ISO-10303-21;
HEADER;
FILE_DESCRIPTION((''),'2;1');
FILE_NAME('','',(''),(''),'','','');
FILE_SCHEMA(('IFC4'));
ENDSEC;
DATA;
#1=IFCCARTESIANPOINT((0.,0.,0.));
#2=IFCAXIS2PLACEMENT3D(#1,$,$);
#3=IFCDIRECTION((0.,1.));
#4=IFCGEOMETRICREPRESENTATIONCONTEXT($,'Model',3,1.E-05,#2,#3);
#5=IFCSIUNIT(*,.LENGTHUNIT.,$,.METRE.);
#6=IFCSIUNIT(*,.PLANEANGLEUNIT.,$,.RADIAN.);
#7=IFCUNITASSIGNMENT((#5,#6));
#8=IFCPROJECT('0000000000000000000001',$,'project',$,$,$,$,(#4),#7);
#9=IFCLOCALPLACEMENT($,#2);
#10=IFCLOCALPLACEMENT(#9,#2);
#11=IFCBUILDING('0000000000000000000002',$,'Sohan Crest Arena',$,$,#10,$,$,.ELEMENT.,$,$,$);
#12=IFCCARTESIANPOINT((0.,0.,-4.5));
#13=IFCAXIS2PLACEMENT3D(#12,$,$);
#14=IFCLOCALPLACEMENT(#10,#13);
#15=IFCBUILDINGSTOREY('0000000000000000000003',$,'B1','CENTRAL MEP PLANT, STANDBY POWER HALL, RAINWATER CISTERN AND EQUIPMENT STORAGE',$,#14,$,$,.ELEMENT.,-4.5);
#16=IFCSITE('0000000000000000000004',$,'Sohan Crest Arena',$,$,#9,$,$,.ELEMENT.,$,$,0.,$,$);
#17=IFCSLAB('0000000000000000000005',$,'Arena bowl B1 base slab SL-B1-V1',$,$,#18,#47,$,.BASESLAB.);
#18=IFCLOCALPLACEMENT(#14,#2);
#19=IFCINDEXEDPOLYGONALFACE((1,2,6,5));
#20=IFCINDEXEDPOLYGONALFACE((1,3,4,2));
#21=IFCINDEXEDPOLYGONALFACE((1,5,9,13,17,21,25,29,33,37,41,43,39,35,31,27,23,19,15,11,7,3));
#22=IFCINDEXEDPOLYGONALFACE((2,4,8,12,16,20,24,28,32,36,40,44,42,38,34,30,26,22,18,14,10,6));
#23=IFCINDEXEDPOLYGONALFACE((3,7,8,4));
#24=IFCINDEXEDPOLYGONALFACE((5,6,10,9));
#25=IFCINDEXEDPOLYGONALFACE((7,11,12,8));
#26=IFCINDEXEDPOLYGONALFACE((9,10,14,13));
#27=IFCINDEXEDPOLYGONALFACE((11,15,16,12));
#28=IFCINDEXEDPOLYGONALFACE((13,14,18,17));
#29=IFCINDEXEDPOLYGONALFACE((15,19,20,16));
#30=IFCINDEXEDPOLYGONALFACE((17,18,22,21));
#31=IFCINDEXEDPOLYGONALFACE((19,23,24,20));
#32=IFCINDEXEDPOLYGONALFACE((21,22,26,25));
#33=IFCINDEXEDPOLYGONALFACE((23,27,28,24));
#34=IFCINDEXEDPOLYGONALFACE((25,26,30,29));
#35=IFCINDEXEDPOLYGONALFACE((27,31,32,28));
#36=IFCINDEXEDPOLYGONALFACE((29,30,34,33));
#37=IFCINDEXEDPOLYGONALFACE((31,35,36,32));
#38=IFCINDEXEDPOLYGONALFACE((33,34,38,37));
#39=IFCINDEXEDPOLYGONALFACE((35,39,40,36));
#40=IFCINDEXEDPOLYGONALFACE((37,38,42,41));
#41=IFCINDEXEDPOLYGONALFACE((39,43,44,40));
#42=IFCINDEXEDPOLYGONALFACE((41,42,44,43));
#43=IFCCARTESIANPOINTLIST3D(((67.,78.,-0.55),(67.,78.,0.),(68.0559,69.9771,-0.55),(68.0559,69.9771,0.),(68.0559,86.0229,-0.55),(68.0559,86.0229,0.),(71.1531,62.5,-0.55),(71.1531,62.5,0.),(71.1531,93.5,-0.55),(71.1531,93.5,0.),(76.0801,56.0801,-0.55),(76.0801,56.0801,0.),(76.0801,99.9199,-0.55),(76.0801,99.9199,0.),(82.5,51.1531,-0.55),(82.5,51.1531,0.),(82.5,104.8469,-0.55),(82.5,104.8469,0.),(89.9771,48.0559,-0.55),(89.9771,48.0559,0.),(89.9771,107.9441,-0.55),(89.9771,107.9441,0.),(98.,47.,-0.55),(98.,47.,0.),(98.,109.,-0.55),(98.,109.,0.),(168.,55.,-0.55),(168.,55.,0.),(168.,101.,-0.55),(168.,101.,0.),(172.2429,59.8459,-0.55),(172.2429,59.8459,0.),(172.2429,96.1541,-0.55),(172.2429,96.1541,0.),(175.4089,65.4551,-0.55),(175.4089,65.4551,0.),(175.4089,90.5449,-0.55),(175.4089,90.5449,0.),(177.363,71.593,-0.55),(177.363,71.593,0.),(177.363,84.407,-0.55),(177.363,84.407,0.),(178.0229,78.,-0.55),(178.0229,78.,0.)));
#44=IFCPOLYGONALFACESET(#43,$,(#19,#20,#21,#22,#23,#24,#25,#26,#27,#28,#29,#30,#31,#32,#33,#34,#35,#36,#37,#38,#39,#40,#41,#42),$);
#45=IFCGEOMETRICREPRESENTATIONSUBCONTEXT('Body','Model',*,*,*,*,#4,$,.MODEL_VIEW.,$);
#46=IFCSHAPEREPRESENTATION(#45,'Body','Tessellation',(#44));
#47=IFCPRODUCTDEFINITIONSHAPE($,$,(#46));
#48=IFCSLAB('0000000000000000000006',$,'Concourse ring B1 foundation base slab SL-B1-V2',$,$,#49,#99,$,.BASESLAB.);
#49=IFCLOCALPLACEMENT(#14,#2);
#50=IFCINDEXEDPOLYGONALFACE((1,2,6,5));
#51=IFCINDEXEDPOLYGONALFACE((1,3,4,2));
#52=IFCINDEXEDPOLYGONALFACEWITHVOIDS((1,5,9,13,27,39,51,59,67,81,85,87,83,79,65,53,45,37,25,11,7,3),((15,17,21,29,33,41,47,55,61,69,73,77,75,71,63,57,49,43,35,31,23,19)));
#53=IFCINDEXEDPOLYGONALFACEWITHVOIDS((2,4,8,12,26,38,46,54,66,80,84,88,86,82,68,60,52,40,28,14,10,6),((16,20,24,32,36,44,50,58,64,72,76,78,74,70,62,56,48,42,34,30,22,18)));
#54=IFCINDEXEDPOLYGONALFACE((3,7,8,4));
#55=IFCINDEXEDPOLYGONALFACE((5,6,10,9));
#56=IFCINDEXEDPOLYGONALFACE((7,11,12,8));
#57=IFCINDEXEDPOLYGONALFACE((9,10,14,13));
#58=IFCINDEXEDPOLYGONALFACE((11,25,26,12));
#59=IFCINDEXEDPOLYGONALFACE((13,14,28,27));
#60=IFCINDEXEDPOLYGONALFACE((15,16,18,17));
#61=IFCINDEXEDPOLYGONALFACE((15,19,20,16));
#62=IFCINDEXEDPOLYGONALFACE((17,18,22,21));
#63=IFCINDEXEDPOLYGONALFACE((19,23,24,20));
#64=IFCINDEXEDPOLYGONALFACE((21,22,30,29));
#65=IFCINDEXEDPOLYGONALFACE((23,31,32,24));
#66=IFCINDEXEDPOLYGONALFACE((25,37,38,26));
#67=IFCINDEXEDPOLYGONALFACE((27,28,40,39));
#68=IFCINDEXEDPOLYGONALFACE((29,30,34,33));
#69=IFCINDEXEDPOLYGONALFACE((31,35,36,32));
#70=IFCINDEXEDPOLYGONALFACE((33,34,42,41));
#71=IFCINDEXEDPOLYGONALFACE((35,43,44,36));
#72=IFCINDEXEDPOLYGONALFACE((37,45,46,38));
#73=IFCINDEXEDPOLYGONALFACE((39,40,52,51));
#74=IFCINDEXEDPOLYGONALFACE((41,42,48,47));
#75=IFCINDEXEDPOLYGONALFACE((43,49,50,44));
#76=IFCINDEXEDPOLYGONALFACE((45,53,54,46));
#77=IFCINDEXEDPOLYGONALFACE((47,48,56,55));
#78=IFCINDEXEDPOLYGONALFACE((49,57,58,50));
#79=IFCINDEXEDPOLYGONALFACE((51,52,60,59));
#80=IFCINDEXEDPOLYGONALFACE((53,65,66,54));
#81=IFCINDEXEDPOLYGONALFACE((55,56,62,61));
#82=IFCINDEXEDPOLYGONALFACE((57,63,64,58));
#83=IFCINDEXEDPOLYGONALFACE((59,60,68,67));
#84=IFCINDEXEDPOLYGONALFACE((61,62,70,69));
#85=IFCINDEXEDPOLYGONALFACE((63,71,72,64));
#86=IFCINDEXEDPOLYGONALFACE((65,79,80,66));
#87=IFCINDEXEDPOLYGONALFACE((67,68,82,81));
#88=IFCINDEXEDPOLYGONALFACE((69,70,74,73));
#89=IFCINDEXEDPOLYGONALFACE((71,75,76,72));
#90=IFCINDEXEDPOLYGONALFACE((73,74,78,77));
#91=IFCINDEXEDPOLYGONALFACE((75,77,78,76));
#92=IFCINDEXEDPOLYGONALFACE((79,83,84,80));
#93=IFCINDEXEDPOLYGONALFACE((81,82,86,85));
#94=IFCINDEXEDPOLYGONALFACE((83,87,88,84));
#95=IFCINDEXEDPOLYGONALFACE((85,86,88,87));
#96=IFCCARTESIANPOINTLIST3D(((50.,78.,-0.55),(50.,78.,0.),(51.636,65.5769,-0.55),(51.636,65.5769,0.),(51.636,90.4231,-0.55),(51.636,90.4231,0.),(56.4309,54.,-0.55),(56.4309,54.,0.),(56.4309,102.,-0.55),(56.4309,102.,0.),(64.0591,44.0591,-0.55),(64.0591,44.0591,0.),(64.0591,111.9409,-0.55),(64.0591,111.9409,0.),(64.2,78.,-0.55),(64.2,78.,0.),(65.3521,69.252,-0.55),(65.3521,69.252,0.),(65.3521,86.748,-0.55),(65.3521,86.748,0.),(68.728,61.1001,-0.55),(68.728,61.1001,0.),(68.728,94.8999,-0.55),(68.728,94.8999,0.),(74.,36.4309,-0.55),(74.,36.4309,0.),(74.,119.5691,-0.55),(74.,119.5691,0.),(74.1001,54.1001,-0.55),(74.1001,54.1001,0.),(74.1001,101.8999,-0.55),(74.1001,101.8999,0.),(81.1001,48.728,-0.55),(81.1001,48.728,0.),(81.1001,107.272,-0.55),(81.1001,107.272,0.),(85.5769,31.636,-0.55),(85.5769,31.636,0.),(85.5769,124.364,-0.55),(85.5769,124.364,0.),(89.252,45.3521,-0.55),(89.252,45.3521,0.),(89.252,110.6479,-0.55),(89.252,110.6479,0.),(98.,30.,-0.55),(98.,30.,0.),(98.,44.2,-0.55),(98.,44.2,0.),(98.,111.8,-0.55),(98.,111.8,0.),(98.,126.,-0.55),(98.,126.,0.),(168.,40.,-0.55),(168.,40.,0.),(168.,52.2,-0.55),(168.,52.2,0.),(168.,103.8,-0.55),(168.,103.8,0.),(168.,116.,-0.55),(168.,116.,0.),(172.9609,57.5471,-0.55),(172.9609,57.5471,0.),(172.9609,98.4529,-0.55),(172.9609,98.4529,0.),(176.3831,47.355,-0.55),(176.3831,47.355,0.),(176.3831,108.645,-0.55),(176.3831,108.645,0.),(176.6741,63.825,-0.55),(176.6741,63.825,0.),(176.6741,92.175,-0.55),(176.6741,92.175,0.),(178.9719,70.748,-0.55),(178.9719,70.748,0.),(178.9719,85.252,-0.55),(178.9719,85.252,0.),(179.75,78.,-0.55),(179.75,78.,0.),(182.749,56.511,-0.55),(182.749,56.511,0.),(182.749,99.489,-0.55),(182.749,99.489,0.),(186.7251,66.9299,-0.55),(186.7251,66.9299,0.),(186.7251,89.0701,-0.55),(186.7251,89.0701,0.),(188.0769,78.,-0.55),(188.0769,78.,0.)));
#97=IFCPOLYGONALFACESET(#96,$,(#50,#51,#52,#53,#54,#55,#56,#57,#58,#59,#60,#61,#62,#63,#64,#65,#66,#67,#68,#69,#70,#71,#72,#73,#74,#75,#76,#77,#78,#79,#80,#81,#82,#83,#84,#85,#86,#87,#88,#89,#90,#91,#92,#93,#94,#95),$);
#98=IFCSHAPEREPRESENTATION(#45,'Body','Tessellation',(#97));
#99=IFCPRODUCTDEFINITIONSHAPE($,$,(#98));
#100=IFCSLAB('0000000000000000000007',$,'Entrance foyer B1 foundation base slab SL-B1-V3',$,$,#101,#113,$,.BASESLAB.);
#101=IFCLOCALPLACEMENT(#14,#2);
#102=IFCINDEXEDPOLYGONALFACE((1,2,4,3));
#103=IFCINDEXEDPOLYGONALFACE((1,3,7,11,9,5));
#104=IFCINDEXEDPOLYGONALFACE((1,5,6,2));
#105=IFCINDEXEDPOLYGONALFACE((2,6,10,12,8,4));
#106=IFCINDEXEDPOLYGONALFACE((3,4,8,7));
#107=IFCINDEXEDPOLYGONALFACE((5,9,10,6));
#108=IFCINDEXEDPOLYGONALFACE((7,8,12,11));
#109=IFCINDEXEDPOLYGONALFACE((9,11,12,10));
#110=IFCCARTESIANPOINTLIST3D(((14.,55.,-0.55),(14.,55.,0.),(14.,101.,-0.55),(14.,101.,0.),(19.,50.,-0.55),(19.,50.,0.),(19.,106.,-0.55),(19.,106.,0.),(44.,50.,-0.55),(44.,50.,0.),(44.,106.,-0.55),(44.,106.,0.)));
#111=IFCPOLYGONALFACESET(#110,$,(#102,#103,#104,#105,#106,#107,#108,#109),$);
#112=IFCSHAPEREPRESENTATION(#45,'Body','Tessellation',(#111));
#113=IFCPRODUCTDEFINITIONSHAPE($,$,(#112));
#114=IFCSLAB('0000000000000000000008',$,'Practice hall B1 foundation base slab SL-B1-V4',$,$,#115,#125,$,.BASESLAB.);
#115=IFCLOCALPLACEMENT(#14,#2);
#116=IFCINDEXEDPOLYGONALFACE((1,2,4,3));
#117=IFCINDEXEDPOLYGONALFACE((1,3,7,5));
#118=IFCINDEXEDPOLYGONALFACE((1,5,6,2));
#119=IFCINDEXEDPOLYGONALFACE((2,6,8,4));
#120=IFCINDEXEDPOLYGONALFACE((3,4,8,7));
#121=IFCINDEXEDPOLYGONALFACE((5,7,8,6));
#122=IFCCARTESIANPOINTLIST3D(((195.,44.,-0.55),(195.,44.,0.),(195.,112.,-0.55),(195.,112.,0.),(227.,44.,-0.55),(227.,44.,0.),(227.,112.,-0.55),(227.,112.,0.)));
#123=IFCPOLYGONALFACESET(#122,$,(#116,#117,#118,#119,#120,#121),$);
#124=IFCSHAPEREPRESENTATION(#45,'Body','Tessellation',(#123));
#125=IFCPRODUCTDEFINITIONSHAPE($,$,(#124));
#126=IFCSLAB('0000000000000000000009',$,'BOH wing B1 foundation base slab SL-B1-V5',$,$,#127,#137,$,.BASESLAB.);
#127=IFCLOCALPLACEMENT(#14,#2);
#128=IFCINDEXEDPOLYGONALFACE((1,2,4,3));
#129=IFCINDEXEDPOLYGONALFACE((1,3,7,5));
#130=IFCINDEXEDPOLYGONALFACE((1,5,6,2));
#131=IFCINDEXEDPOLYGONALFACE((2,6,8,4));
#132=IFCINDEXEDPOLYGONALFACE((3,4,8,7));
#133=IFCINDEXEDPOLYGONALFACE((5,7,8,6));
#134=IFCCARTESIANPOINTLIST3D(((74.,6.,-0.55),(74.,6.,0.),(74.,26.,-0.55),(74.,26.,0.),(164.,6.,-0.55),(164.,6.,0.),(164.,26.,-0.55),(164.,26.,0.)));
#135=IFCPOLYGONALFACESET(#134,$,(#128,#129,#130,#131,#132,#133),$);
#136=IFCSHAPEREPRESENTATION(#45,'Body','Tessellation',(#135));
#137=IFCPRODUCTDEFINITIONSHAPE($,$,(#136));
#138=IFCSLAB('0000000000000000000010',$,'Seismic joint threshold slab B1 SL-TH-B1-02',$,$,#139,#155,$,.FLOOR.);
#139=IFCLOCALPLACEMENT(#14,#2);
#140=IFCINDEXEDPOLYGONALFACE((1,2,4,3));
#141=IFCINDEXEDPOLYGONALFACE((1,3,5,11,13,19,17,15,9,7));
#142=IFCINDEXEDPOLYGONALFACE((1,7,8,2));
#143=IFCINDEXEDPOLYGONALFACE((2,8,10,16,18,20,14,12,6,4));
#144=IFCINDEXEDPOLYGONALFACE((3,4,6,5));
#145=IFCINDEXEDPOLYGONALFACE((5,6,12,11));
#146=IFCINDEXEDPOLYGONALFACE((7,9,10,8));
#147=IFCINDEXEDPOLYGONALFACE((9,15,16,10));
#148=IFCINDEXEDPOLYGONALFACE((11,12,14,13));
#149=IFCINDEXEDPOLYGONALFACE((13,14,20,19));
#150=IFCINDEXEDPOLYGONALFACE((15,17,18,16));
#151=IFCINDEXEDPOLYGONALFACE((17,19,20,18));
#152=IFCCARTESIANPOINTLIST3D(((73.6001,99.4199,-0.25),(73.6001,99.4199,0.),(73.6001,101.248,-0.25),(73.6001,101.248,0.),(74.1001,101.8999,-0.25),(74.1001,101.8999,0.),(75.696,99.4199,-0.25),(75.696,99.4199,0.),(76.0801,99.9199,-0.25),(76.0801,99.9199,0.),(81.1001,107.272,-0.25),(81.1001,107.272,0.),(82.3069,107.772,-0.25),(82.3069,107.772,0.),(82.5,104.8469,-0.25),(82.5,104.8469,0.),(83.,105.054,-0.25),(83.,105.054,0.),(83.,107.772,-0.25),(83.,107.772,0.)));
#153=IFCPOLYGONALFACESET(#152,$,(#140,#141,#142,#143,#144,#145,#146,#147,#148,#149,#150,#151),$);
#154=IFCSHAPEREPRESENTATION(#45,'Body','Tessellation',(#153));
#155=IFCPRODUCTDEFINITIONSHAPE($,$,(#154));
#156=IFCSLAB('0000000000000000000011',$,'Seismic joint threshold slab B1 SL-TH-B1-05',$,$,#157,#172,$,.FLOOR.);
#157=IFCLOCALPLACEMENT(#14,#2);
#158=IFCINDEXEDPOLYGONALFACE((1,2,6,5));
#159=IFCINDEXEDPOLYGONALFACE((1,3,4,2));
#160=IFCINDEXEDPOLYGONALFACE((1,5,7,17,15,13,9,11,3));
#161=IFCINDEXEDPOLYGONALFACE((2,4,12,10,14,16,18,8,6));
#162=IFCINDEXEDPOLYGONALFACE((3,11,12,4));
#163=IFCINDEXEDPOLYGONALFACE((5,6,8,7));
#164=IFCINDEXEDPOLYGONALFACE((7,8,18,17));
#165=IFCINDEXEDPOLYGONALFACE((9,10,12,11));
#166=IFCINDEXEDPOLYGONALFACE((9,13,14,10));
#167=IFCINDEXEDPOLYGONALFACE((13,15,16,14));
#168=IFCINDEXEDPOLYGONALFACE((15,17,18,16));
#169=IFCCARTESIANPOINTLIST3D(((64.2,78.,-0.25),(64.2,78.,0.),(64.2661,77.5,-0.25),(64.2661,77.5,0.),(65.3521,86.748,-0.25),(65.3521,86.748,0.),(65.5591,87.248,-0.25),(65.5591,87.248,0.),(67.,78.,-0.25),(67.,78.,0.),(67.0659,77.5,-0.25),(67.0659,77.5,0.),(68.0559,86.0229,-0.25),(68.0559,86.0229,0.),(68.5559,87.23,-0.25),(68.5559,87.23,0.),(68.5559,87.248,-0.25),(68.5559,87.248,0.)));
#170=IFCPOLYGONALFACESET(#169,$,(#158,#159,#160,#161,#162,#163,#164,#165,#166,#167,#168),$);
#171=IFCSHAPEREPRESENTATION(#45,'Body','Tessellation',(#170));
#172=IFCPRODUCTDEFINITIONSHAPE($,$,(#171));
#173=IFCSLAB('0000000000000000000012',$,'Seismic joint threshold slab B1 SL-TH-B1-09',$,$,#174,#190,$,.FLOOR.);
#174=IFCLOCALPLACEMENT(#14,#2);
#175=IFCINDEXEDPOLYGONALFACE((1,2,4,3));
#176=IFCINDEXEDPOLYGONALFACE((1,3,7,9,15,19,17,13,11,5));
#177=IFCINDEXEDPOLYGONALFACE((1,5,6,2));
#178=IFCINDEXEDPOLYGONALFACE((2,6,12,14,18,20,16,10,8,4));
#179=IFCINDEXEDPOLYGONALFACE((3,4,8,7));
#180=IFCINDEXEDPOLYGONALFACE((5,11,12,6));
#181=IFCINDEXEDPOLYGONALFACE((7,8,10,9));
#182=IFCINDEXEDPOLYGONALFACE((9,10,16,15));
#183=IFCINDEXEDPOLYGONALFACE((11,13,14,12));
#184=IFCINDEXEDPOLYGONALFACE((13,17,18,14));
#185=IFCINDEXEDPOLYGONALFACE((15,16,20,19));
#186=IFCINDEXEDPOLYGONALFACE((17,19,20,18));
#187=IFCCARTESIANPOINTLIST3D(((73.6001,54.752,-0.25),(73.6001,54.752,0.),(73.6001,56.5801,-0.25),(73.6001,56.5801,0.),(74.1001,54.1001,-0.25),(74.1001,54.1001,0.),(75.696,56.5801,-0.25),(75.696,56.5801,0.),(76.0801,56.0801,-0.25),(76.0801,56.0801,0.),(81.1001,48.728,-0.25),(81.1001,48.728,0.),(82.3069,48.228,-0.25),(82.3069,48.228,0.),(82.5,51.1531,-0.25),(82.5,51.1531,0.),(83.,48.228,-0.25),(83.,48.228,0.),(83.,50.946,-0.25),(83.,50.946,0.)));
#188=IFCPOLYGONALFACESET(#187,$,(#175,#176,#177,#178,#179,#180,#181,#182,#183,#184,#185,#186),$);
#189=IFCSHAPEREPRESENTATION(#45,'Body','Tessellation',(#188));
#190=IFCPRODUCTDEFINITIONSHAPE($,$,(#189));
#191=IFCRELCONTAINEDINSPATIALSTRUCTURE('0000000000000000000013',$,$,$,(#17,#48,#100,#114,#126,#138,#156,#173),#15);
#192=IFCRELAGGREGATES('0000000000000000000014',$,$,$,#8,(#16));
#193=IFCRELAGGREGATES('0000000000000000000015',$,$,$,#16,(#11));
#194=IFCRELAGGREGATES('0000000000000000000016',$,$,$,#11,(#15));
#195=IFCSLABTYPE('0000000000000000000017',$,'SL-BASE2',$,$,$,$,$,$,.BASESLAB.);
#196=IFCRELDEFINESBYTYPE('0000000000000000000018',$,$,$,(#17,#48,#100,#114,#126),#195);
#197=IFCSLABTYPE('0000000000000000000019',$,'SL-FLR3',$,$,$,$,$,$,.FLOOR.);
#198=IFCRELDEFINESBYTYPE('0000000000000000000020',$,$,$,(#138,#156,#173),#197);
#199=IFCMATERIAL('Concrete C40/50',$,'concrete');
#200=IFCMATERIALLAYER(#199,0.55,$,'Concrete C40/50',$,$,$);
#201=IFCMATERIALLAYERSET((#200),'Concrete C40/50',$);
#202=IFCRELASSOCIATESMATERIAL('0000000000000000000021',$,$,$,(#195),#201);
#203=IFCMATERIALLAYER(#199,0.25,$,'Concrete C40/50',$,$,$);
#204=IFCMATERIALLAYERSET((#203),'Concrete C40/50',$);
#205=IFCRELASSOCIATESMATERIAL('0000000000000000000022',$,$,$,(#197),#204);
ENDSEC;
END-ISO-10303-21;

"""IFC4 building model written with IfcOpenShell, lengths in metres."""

from ifc_helpers import new_model, si_unit, direction, frame, origin, place, context, subcontext, project, spatial, polyline, outline, extrude, material, layer, layer_set, type_object, element, save


model = new_model("IFC4")

# Units and contexts
model_context = context("Model", 3, precision=1e-05, world=origin(), true_north=direction((0.0, 1.0)))
body_context = subcontext(model_context, "Body", "Model", "MODEL_VIEW")
ifc_project = project(units=[si_unit("LENGTHUNIT", "METRE"), si_unit("PLANEANGLEUNIT", "RADIAN")], contexts=[model_context])

# Site, building, storey
site_placement = place(None, origin())
site = spatial("IfcSite", under=ifc_project, at=site_placement, Name="Sohan Crest Arena", CompositionType="ELEMENT", RefElevation=0.0)
building_placement = place(site_placement, origin())
building = spatial("IfcBuilding", under=site, at=building_placement, Name="Sohan Crest Arena", CompositionType="ELEMENT")
storey_placement = place(building_placement, frame((0.0, 0.0, -4.5)))
storey = spatial("IfcBuildingStorey", under=building, at=storey_placement, Name="B1", Description="CENTRAL MEP PLANT, STANDBY POWER HALL, RAINWATER CISTERN AND EQUIPMENT STORAGE", CompositionType="ELEMENT", Elevation=-4.5)

# Slabs
ifc_material = material(Name="Concrete C40/50", Category="concrete")
ifc_layer_1 = layer(ifc_material, 0.55, Name="Concrete C40/50")
ifc_layer_set_1 = layer_set([ifc_layer_1], Name="Concrete C40/50")
slab_type_1 = type_object("IfcSlabType", Name="SL-BASE2", PredefinedType="BASESLAB", material=ifc_layer_set_1)
slab_1_placement = place(storey_placement, frame((0.0, 0.0, -0.55)))
element("IfcSlab", 1, at=slab_1_placement, inside=storey, type_object=slab_type_1, Name="Arena bowl B1 base slab SL-B1-V1", PredefinedType="BASESLAB", context=body_context, shape_type="SweptSolid", body=[
    extrude(outline(polyline([(98.0, 109.0), (89.9771, 107.9441), (82.5, 104.8469), (76.0801, 99.9199), (71.1531, 93.5), (68.0559, 86.0229), (67.0, 78.0), (68.0559, 69.9771), (71.1531, 62.5), (76.0801, 56.0801), (82.5, 51.1531), (89.9771, 48.0559), (98.0, 47.0), (168.0, 55.0), (172.2429, 59.8459), (175.4089, 65.4551), (177.363, 71.593), (178.0229, 78.0), (177.363, 84.407), (175.4089, 90.5449), (172.2429, 96.1541), (168.0, 101.0), (98.0, 109.0)])), origin(), (0.0, 0.0, 1.0), 0.55),
])
slab_2_placement = place(storey_placement, frame((0.0, 0.0, -0.55)))
element("IfcSlab", 2, at=slab_2_placement, inside=storey, type_object=slab_type_1, Name="Concourse ring B1 foundation base slab SL-B1-V2", PredefinedType="BASESLAB", context=body_context, shape_type="SweptSolid", body=[
    extrude(outline(polyline([(98.0, 126.0), (85.5769, 124.364), (74.0, 119.5691), (64.0591, 111.9409), (56.4309, 102.0), (51.636, 90.4231), (50.0, 78.0), (51.636, 65.5769), (56.4309, 54.0), (64.0591, 44.0591), (74.0, 36.4309), (85.5769, 31.636), (98.0, 30.0), (168.0, 40.0), (176.3831, 47.355), (182.749, 56.511), (186.7251, 66.9299), (188.0769, 78.0), (186.7251, 89.0701), (182.749, 99.489), (176.3831, 108.645), (168.0, 116.0), (98.0, 126.0)]), holes=[polyline([(98.0, 111.8), (89.252, 110.6479), (81.1001, 107.272), (74.1001, 101.8999), (68.728, 94.8999), (65.3521, 86.748), (64.2, 78.0), (65.3521, 69.252), (68.728, 61.1001), (74.1001, 54.1001), (81.1001, 48.728), (89.252, 45.3521), (98.0, 44.2), (168.0, 52.2), (172.9609, 57.5471), (176.6741, 63.825), (178.9719, 70.748), (179.75, 78.0), (178.9719, 85.252), (176.6741, 92.175), (172.9609, 98.4529), (168.0, 103.8), (98.0, 111.8)])]), origin(), (0.0, 0.0, 1.0), 0.55),
])
slab_3_placement = place(storey_placement, frame((0.0, 0.0, -0.55)))
element("IfcSlab", 3, at=slab_3_placement, inside=storey, type_object=slab_type_1, Name="Entrance foyer B1 foundation base slab SL-B1-V3", PredefinedType="BASESLAB", context=body_context, shape_type="SweptSolid", body=[
    extrude(outline(polyline([(19.0, 50.0), (44.0, 50.0), (44.0, 106.0), (19.0, 106.0), (14.0, 101.0), (14.0, 55.0), (19.0, 50.0)])), origin(), (0.0, 0.0, 1.0), 0.55),
])
slab_4_placement = place(storey_placement, frame((0.0, 0.0, -0.55)))
element("IfcSlab", 4, at=slab_4_placement, inside=storey, type_object=slab_type_1, Name="Practice hall B1 foundation base slab SL-B1-V4", PredefinedType="BASESLAB", context=body_context, shape_type="SweptSolid", body=[
    extrude(outline(polyline([(195.0, 44.0), (227.0, 44.0), (227.0, 112.0), (195.0, 112.0), (195.0, 44.0)])), origin(), (0.0, 0.0, 1.0), 0.55),
])
slab_5_placement = place(storey_placement, frame((0.0, 0.0, -0.55)))
element("IfcSlab", 5, at=slab_5_placement, inside=storey, type_object=slab_type_1, Name="BOH wing B1 foundation base slab SL-B1-V5", PredefinedType="BASESLAB", context=body_context, shape_type="SweptSolid", body=[
    extrude(outline(polyline([(74.0, 6.0), (164.0, 6.0), (164.0, 26.0), (74.0, 26.0), (74.0, 6.0)])), origin(), (0.0, 0.0, 1.0), 0.55),
])
ifc_layer_2 = layer(ifc_material, 0.25, Name="Concrete C40/50")
ifc_layer_set_2 = layer_set([ifc_layer_2], Name="Concrete C40/50")
slab_type_2 = type_object("IfcSlabType", Name="SL-FLR3", PredefinedType="FLOOR", material=ifc_layer_set_2)
slab_6_placement = place(storey_placement, frame((0.0, 0.0, -0.25)))
element("IfcSlab", 6, at=slab_6_placement, inside=storey, type_object=slab_type_2, Name="Seismic joint threshold slab B1 SL-TH-B1-02", PredefinedType="FLOOR", context=body_context, shape_type="SweptSolid", body=[
    extrude(outline(polyline([(74.1001, 101.8999), (81.1001, 107.272), (82.3069, 107.772), (83.0, 107.772), (83.0, 105.054), (82.5, 104.8469), (76.0801, 99.9199), (75.696, 99.4199), (73.6001, 99.4199), (73.6001, 101.248), (74.1001, 101.8999)])), origin(), (0.0, 0.0, 1.0), 0.25),
])
slab_7_placement = place(storey_placement, frame((0.0, 0.0, -0.25)))
element("IfcSlab", 7, at=slab_7_placement, inside=storey, type_object=slab_type_2, Name="Seismic joint threshold slab B1 SL-TH-B1-05", PredefinedType="FLOOR", context=body_context, shape_type="SweptSolid", body=[
    extrude(outline(polyline([(64.2, 78.0), (65.3521, 86.748), (65.5591, 87.248), (68.5559, 87.248), (68.5559, 87.23), (68.0559, 86.0229), (67.0, 78.0), (67.0659, 77.5), (64.2661, 77.5), (64.2, 78.0)])), origin(), (0.0, 0.0, 1.0), 0.25),
])
slab_8_placement = place(storey_placement, frame((0.0, 0.0, -0.25)))
element("IfcSlab", 8, at=slab_8_placement, inside=storey, type_object=slab_type_2, Name="Seismic joint threshold slab B1 SL-TH-B1-09", PredefinedType="FLOOR", context=body_context, shape_type="SweptSolid", body=[
    extrude(outline(polyline([(81.1001, 48.728), (74.1001, 54.1001), (73.6001, 54.752), (73.6001, 56.5801), (75.696, 56.5801), (76.0801, 56.0801), (82.5, 51.1531), (83.0, 50.946), (83.0, 48.228), (82.3069, 48.228), (81.1001, 48.728)])), origin(), (0.0, 0.0, 1.0), 0.25),
])

save(model, "model.ifc")
